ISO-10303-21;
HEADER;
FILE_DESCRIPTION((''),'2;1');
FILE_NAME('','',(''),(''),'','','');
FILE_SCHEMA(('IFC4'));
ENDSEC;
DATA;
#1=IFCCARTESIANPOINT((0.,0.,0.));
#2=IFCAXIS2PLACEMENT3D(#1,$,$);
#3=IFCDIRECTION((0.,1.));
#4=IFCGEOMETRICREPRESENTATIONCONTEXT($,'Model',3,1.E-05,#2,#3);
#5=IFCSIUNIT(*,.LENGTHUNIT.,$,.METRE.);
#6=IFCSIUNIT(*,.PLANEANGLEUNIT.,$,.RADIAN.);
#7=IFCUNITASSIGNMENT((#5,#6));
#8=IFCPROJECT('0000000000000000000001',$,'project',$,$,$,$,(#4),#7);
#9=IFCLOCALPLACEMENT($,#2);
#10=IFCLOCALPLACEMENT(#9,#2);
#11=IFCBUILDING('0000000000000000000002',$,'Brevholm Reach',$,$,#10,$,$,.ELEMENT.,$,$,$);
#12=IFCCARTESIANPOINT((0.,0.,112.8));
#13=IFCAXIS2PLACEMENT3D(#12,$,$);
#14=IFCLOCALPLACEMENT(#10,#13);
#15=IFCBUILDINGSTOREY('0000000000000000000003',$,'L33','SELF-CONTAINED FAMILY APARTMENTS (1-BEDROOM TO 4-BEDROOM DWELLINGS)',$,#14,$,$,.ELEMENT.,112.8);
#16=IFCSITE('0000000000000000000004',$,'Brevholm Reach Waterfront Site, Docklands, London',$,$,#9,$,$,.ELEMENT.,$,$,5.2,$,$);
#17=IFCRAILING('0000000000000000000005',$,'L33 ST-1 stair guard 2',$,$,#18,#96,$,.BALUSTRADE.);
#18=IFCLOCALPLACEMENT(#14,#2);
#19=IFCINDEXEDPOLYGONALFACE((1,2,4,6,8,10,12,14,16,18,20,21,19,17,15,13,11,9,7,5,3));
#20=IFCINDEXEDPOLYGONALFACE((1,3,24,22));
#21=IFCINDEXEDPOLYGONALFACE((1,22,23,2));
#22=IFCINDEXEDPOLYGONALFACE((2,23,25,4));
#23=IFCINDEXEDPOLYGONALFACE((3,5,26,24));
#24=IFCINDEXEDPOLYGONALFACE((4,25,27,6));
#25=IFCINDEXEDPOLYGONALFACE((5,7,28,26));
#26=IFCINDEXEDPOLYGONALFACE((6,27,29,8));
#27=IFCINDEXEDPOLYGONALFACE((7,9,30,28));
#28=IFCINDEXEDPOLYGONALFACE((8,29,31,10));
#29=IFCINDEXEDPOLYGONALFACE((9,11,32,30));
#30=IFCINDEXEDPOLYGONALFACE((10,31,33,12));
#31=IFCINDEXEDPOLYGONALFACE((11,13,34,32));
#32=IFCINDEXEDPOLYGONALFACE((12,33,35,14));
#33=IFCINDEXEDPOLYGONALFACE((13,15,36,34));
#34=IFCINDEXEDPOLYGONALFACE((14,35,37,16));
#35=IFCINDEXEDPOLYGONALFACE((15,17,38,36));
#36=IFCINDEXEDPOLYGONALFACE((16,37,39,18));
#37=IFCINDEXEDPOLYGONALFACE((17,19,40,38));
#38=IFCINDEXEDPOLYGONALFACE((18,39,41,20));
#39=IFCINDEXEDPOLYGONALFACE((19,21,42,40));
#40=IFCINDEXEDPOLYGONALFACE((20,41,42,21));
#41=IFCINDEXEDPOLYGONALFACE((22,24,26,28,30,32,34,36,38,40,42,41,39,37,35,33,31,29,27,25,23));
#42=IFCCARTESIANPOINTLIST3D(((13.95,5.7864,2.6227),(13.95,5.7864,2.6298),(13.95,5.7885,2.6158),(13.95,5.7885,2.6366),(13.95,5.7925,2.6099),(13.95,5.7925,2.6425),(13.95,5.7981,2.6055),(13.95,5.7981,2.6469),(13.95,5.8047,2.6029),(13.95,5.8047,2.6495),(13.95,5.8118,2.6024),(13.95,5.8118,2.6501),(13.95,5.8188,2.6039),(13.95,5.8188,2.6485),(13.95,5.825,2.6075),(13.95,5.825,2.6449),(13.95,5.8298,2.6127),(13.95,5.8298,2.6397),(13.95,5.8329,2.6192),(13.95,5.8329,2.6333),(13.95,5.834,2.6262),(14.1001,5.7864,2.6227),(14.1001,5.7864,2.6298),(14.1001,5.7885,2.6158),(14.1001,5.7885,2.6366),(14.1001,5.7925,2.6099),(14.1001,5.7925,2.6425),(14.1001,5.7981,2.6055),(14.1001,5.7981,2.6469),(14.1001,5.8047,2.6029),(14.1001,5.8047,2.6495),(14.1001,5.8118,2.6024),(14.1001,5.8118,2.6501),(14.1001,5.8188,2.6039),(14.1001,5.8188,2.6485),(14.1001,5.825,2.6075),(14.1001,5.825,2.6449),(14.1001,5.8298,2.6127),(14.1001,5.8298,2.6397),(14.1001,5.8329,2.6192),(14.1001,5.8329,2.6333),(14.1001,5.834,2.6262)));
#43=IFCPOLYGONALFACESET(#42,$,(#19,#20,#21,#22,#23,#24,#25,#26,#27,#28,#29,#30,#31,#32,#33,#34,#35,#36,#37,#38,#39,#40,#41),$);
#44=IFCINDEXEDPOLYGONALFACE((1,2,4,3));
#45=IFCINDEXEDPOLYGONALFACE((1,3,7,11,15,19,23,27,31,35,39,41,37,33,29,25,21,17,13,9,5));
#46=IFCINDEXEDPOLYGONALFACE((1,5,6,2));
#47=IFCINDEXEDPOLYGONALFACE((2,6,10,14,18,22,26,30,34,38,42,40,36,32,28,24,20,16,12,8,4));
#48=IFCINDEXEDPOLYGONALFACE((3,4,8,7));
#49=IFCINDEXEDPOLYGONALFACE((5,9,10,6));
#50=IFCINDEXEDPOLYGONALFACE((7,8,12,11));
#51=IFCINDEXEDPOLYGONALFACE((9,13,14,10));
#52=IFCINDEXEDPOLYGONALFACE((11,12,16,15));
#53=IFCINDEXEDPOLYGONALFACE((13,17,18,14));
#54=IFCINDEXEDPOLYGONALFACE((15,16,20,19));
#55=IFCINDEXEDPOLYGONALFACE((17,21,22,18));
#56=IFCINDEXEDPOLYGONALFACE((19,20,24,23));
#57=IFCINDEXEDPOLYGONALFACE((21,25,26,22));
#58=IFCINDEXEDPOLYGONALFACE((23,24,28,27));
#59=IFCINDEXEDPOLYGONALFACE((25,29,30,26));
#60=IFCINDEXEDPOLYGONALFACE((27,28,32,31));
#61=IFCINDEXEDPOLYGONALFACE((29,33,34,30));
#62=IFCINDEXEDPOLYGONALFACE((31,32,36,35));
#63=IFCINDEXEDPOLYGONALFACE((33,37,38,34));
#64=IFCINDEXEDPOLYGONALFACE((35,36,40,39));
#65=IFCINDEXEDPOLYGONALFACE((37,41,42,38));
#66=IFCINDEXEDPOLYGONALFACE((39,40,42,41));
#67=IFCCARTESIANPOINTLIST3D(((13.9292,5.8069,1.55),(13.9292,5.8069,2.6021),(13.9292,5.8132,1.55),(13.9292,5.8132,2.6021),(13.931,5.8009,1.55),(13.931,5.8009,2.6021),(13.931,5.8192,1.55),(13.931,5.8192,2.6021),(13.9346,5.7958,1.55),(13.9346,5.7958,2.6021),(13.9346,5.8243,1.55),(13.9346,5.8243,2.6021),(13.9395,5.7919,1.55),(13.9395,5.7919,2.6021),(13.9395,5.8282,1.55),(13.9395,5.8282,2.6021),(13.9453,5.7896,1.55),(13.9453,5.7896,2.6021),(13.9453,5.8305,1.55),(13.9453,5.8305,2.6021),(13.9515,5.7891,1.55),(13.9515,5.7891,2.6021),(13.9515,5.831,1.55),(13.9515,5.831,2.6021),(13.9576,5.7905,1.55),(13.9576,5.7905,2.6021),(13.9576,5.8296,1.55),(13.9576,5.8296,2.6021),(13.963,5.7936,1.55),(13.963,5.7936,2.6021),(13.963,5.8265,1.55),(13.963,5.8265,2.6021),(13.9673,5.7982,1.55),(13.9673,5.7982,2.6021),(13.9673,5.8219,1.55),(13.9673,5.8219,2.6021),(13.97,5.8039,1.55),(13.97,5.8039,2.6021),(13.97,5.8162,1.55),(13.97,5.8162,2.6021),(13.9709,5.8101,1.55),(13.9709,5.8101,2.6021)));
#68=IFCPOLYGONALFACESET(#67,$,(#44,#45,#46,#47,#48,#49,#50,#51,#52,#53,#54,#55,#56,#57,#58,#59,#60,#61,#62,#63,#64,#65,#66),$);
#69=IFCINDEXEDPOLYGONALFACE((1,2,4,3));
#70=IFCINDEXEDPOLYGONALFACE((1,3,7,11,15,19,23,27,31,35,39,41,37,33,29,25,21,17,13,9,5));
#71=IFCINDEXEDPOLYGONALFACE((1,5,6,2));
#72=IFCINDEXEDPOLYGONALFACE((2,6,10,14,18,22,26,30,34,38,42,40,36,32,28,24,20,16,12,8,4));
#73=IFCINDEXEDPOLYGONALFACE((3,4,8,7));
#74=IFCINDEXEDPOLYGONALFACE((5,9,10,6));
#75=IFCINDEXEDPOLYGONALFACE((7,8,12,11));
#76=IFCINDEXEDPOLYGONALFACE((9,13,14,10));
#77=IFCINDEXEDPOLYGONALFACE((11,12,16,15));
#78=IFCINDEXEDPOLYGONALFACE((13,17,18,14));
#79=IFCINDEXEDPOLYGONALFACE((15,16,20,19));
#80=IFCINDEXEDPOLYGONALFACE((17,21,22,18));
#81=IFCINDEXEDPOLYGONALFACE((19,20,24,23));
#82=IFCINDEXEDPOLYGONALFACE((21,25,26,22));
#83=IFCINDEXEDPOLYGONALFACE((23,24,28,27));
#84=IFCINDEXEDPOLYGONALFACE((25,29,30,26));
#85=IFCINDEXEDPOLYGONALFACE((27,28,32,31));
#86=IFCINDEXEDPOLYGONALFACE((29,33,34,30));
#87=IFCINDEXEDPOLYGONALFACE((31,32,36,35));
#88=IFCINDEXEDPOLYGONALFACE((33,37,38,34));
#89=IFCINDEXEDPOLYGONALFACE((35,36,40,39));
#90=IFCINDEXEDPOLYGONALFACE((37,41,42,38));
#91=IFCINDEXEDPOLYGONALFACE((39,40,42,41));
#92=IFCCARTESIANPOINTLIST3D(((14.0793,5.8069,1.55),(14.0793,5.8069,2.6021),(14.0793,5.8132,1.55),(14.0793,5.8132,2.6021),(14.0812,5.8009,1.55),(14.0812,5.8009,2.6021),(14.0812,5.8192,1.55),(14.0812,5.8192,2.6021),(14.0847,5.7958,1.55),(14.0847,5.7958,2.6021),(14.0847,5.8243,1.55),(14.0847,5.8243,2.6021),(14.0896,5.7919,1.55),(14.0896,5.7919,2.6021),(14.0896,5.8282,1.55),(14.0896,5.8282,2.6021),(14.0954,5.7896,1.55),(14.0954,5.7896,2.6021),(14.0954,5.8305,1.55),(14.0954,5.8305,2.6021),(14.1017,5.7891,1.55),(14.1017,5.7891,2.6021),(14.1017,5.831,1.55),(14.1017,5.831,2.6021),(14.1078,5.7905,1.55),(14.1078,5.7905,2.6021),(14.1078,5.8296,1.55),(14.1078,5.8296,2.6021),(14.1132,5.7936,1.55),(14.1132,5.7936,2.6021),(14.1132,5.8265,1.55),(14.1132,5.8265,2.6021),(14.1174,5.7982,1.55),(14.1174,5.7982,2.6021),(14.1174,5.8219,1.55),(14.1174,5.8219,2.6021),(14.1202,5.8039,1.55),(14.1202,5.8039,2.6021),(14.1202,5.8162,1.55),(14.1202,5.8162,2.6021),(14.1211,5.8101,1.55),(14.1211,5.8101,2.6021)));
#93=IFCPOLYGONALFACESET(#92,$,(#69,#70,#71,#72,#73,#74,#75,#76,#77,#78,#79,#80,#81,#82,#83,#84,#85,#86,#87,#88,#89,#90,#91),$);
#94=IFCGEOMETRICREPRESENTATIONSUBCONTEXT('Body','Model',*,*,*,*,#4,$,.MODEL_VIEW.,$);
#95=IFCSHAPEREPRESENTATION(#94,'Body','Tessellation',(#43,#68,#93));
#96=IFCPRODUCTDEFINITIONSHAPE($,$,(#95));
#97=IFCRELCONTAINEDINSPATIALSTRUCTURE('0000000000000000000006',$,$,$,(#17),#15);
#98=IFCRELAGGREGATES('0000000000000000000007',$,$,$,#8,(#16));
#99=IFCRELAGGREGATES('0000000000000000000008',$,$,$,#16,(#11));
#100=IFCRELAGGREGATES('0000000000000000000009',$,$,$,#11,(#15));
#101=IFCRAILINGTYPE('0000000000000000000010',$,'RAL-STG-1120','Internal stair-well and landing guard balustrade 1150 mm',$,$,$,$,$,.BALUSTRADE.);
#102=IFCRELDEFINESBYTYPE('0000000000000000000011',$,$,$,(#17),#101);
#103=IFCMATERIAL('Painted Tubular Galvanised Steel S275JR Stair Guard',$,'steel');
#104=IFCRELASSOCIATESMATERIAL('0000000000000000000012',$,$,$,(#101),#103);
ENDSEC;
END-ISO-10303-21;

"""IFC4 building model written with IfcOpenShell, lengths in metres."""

from ifc_helpers import new_model, si_unit, direction, frame, origin, origin_2d, place, context, subcontext, project, spatial, circle, extrude, material, type_object, element, save


model = new_model("IFC4")

# Units and contexts
model_context = context("Model", 3, precision=1e-05, world=origin(), true_north=direction((0.0, 1.0)))
body_context = subcontext(model_context, "Body", "Model", "MODEL_VIEW")
ifc_project = project(units=[si_unit("LENGTHUNIT", "METRE"), si_unit("PLANEANGLEUNIT", "RADIAN")], contexts=[model_context])

# Site, building, storey
site_placement = place(None, origin())
site = spatial("IfcSite", under=ifc_project, at=site_placement, Name="Brevholm Reach Waterfront Site, Docklands, London", CompositionType="ELEMENT", RefElevation=5.2)
building_placement = place(site_placement, origin())
building = spatial("IfcBuilding", under=site, at=building_placement, Name="Brevholm Reach", CompositionType="ELEMENT")
storey_placement = place(building_placement, frame((0.0, 0.0, 112.8)))
storey = spatial("IfcBuildingStorey", under=building, at=storey_placement, Name="L33", Description="SELF-CONTAINED FAMILY APARTMENTS (1-BEDROOM TO 4-BEDROOM DWELLINGS)", CompositionType="ELEMENT", Elevation=112.8)

# Railing
ifc_material_1 = material(Name="Painted Tubular Galvanised Steel S275JR Stair Guard", Category="steel")
railing_type_1 = type_object("IfcRailingType", Name="RAL-STG-1120", Description="Internal stair-well and landing guard balustrade 1150 mm", PredefinedType="BALUSTRADE", material=ifc_material_1)
railing_1_placement = place(storey_placement, frame((13.95, 5.8101, 1.55)))
element("IfcRailing", 1, at=railing_1_placement, inside=storey, type_object=railing_type_1, Name="L33 ST-1 stair guard 2", PredefinedType="BALUSTRADE", context=body_context, shape_type="SweptSolid", body=[
    extrude(circle(Radius=0.0239, at=origin_2d()), frame((0.0, 0.0, 1.0762), z_axis=(1.0, 0.0, 0.0), x_axis=(0.0, 1.0, 0.0)), (0.0, 0.0, 1.0), 0.1501),
    extrude(circle(Radius=0.021, at=origin_2d()), origin(), (0.0, 0.0, 1.0), 1.052),
    extrude(circle(Radius=0.021, at=origin_2d()), frame((0.1501, 0.0, 0.0)), (0.0, 0.0, 1.0), 1.052),
])

save(model, "model.ifc")
